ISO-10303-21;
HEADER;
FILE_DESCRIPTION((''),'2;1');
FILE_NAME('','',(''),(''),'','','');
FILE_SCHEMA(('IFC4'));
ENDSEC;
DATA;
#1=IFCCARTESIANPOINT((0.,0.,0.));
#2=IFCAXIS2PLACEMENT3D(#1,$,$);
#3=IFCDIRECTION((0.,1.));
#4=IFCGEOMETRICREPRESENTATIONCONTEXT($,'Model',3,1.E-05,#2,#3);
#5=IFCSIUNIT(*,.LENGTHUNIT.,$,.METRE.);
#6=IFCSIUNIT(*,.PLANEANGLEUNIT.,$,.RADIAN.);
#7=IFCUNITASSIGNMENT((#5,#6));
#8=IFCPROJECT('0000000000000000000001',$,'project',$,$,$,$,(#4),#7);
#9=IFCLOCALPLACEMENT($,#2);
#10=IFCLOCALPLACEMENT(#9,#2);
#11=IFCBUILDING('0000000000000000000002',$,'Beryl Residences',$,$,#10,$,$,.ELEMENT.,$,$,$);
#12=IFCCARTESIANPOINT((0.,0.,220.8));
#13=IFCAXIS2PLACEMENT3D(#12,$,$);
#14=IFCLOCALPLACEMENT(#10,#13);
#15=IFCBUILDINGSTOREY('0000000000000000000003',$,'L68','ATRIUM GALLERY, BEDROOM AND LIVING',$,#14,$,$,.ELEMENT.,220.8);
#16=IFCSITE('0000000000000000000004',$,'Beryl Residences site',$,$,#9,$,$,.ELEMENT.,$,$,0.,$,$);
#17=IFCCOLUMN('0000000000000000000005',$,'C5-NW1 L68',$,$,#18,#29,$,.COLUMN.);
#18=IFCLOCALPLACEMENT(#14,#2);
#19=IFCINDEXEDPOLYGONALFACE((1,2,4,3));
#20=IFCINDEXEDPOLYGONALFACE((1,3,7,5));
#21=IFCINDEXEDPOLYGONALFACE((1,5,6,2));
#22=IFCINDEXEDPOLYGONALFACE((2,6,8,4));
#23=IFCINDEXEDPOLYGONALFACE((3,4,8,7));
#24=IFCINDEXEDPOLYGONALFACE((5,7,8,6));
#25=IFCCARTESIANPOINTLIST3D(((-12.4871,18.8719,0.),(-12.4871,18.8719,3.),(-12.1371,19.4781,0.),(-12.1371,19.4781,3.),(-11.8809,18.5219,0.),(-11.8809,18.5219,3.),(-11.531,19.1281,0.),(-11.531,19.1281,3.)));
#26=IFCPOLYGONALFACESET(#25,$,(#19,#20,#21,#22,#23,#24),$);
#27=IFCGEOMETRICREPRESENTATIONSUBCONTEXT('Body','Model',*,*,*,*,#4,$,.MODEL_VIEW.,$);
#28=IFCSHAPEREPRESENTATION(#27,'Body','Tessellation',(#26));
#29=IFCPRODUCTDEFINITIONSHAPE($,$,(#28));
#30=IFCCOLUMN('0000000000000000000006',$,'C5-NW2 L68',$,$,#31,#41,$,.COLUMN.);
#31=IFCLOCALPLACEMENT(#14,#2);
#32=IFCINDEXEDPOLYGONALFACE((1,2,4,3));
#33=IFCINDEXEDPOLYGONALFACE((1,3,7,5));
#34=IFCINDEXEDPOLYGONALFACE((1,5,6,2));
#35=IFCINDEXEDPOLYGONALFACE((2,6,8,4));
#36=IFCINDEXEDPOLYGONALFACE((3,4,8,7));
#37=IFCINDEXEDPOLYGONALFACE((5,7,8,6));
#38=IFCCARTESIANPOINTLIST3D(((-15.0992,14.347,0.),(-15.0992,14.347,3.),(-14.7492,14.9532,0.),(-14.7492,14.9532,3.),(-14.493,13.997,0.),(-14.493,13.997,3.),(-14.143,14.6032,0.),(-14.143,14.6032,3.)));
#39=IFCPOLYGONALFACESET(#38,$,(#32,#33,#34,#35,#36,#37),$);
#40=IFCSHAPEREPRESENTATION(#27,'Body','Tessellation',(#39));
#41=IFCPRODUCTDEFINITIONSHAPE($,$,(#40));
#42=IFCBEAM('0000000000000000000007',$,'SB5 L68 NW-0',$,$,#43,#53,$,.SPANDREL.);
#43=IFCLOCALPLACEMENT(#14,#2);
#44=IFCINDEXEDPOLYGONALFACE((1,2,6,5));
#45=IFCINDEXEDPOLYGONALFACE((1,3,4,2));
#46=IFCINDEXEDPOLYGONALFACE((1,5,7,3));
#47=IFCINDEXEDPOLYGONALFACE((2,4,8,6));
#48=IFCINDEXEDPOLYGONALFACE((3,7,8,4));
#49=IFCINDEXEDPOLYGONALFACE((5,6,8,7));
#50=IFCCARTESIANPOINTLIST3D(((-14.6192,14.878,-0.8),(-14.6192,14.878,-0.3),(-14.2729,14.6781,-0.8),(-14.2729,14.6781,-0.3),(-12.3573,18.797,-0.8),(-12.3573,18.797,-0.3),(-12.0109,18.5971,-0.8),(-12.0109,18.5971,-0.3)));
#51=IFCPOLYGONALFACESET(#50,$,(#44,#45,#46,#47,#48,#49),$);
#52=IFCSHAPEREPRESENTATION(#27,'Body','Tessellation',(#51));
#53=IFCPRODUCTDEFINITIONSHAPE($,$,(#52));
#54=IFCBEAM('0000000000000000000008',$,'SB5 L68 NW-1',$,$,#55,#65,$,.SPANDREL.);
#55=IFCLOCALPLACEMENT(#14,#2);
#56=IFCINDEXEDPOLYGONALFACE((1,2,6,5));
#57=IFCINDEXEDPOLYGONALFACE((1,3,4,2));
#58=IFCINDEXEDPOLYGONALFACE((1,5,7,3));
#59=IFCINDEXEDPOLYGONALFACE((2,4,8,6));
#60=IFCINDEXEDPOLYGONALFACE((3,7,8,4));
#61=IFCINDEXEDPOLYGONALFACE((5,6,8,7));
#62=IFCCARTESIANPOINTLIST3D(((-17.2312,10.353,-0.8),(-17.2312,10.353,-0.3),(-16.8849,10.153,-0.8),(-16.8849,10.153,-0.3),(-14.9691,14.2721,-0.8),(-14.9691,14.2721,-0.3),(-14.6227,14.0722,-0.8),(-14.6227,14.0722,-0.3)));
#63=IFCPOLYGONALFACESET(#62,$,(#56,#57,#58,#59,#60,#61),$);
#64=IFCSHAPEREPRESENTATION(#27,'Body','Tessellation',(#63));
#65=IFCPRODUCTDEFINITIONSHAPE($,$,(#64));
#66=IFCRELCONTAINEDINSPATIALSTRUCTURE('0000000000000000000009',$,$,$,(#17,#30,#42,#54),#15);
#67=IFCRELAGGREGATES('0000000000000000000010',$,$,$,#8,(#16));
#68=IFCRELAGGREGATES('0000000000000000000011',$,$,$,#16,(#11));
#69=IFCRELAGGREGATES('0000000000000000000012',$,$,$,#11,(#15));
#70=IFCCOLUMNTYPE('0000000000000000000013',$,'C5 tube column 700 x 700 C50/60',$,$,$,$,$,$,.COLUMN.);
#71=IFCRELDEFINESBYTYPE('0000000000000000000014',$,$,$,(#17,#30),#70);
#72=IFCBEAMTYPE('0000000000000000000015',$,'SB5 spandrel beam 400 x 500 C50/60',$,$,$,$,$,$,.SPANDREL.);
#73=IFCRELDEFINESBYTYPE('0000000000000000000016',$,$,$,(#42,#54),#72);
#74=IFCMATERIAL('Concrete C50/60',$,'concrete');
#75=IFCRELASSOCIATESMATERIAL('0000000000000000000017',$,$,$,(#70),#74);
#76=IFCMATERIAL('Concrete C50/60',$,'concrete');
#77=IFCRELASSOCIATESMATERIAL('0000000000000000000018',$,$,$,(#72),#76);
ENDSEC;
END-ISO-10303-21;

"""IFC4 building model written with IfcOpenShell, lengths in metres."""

from ifc_helpers import new_model, si_unit, direction, frame, origin, origin_2d, place, context, subcontext, project, spatial, rectangle, extrude, material, material_profile, profile_set, type_object, element, save


model = new_model("IFC4")

# Units and contexts
model_context = context("Model", 3, precision=1e-05, world=origin(), true_north=direction((0.0, 1.0)))
body_context = subcontext(model_context, "Body", "Model", "MODEL_VIEW")
ifc_project = project(units=[si_unit("LENGTHUNIT", "METRE"), si_unit("PLANEANGLEUNIT", "RADIAN")], contexts=[model_context])

# Site, building, storey
site_placement = place(None, origin())
site = spatial("IfcSite", under=ifc_project, at=site_placement, Name="Beryl Residences site", CompositionType="ELEMENT", RefElevation=0.0)
building_placement = place(site_placement, origin())
building = spatial("IfcBuilding", under=site, at=building_placement, Name="Beryl Residences", CompositionType="ELEMENT")
storey_placement = place(building_placement, frame((0.0, 0.0, 220.8)))
storey = spatial("IfcBuildingStorey", under=building, at=storey_placement, Name="L68", Description="ATRIUM GALLERY, BEDROOM AND LIVING", CompositionType="ELEMENT", Elevation=220.8)

# Columns
ifc_material_1 = material(Name="Concrete C50/60", Category="concrete")
ifc_material_profile_1 = material_profile(ifc_material_1, rectangle(XDim=0.7, YDim=0.7, at=origin_2d()))
ifc_profile_set_1 = profile_set([ifc_material_profile_1], Name="Concrete C50/60")
column_type = type_object("IfcColumnType", Name="C5 tube column 700 x 700 C50/60", PredefinedType="COLUMN", material=ifc_profile_set_1)
for number, where, z_axis, x_axis, name in (
    (1, (-12.009, 19.0, 0.0), (0.0, 0.0, 1.0), (-0.49997, -0.866043, 0.0), "C5-NW1 L68"),
    (2, (-14.6211, 14.4751, 0.0), (0.0, 0.0, 1.0), (-0.49997, -0.866043, 0.0), "C5-NW2 L68"),
):
    element("IfcColumn", number, at=place(storey_placement, frame(where, z_axis=z_axis, x_axis=x_axis)), inside=storey, type_object=column_type, Name=name, PredefinedType="COLUMN", context=body_context, shape_type="SweptSolid", body=[
        extrude(rectangle(XDim=0.7, YDim=0.7, at=origin_2d()), origin(), (0.0, 0.0, 1.0), 3.0),
    ])

# Beams
ifc_material_2 = material(Name="Concrete C50/60", Category="concrete")
ifc_material_profile_2 = material_profile(ifc_material_2, rectangle(XDim=0.3999, YDim=0.5, at=origin_2d()))
ifc_profile_set_2 = profile_set([ifc_material_profile_2], Name="Concrete C50/60")
beam_type = type_object("IfcBeamType", Name="SB5 spandrel beam 400 x 500 C50/60", PredefinedType="SPANDREL", material=ifc_profile_set_2)
beam_1_placement = place(storey_placement, frame((-12.1841, 18.697, -0.55), z_axis=(-0.499894, -0.866087, 0.0), x_axis=(0.866087, -0.499894, 0.0)))
element("IfcBeam", 3, at=beam_1_placement, inside=storey, type_object=beam_type, Name="SB5 L68 NW-0", PredefinedType="SPANDREL", context=body_context, shape_type="SweptSolid", body=[
    extrude(rectangle(XDim=0.3999, YDim=0.5, at=origin_2d()), origin(), (0.0, 0.0, 1.0), 4.5249),
])
beam_2_placement = place(storey_placement, frame((-14.7959, 14.1721, -0.55), z_axis=(-0.499911, -0.866077, 0.0), x_axis=(0.866077, -0.499911, 0.0)))
element("IfcBeam", 4, at=beam_2_placement, inside=storey, type_object=beam_type, Name="SB5 L68 NW-1", PredefinedType="SPANDREL", context=body_context, shape_type="SweptSolid", body=[
    extrude(rectangle(XDim=0.3999, YDim=0.5, at=origin_2d()), origin(), (0.0, 0.0, 1.0), 4.5251),
])

save(model, "model.ifc")
